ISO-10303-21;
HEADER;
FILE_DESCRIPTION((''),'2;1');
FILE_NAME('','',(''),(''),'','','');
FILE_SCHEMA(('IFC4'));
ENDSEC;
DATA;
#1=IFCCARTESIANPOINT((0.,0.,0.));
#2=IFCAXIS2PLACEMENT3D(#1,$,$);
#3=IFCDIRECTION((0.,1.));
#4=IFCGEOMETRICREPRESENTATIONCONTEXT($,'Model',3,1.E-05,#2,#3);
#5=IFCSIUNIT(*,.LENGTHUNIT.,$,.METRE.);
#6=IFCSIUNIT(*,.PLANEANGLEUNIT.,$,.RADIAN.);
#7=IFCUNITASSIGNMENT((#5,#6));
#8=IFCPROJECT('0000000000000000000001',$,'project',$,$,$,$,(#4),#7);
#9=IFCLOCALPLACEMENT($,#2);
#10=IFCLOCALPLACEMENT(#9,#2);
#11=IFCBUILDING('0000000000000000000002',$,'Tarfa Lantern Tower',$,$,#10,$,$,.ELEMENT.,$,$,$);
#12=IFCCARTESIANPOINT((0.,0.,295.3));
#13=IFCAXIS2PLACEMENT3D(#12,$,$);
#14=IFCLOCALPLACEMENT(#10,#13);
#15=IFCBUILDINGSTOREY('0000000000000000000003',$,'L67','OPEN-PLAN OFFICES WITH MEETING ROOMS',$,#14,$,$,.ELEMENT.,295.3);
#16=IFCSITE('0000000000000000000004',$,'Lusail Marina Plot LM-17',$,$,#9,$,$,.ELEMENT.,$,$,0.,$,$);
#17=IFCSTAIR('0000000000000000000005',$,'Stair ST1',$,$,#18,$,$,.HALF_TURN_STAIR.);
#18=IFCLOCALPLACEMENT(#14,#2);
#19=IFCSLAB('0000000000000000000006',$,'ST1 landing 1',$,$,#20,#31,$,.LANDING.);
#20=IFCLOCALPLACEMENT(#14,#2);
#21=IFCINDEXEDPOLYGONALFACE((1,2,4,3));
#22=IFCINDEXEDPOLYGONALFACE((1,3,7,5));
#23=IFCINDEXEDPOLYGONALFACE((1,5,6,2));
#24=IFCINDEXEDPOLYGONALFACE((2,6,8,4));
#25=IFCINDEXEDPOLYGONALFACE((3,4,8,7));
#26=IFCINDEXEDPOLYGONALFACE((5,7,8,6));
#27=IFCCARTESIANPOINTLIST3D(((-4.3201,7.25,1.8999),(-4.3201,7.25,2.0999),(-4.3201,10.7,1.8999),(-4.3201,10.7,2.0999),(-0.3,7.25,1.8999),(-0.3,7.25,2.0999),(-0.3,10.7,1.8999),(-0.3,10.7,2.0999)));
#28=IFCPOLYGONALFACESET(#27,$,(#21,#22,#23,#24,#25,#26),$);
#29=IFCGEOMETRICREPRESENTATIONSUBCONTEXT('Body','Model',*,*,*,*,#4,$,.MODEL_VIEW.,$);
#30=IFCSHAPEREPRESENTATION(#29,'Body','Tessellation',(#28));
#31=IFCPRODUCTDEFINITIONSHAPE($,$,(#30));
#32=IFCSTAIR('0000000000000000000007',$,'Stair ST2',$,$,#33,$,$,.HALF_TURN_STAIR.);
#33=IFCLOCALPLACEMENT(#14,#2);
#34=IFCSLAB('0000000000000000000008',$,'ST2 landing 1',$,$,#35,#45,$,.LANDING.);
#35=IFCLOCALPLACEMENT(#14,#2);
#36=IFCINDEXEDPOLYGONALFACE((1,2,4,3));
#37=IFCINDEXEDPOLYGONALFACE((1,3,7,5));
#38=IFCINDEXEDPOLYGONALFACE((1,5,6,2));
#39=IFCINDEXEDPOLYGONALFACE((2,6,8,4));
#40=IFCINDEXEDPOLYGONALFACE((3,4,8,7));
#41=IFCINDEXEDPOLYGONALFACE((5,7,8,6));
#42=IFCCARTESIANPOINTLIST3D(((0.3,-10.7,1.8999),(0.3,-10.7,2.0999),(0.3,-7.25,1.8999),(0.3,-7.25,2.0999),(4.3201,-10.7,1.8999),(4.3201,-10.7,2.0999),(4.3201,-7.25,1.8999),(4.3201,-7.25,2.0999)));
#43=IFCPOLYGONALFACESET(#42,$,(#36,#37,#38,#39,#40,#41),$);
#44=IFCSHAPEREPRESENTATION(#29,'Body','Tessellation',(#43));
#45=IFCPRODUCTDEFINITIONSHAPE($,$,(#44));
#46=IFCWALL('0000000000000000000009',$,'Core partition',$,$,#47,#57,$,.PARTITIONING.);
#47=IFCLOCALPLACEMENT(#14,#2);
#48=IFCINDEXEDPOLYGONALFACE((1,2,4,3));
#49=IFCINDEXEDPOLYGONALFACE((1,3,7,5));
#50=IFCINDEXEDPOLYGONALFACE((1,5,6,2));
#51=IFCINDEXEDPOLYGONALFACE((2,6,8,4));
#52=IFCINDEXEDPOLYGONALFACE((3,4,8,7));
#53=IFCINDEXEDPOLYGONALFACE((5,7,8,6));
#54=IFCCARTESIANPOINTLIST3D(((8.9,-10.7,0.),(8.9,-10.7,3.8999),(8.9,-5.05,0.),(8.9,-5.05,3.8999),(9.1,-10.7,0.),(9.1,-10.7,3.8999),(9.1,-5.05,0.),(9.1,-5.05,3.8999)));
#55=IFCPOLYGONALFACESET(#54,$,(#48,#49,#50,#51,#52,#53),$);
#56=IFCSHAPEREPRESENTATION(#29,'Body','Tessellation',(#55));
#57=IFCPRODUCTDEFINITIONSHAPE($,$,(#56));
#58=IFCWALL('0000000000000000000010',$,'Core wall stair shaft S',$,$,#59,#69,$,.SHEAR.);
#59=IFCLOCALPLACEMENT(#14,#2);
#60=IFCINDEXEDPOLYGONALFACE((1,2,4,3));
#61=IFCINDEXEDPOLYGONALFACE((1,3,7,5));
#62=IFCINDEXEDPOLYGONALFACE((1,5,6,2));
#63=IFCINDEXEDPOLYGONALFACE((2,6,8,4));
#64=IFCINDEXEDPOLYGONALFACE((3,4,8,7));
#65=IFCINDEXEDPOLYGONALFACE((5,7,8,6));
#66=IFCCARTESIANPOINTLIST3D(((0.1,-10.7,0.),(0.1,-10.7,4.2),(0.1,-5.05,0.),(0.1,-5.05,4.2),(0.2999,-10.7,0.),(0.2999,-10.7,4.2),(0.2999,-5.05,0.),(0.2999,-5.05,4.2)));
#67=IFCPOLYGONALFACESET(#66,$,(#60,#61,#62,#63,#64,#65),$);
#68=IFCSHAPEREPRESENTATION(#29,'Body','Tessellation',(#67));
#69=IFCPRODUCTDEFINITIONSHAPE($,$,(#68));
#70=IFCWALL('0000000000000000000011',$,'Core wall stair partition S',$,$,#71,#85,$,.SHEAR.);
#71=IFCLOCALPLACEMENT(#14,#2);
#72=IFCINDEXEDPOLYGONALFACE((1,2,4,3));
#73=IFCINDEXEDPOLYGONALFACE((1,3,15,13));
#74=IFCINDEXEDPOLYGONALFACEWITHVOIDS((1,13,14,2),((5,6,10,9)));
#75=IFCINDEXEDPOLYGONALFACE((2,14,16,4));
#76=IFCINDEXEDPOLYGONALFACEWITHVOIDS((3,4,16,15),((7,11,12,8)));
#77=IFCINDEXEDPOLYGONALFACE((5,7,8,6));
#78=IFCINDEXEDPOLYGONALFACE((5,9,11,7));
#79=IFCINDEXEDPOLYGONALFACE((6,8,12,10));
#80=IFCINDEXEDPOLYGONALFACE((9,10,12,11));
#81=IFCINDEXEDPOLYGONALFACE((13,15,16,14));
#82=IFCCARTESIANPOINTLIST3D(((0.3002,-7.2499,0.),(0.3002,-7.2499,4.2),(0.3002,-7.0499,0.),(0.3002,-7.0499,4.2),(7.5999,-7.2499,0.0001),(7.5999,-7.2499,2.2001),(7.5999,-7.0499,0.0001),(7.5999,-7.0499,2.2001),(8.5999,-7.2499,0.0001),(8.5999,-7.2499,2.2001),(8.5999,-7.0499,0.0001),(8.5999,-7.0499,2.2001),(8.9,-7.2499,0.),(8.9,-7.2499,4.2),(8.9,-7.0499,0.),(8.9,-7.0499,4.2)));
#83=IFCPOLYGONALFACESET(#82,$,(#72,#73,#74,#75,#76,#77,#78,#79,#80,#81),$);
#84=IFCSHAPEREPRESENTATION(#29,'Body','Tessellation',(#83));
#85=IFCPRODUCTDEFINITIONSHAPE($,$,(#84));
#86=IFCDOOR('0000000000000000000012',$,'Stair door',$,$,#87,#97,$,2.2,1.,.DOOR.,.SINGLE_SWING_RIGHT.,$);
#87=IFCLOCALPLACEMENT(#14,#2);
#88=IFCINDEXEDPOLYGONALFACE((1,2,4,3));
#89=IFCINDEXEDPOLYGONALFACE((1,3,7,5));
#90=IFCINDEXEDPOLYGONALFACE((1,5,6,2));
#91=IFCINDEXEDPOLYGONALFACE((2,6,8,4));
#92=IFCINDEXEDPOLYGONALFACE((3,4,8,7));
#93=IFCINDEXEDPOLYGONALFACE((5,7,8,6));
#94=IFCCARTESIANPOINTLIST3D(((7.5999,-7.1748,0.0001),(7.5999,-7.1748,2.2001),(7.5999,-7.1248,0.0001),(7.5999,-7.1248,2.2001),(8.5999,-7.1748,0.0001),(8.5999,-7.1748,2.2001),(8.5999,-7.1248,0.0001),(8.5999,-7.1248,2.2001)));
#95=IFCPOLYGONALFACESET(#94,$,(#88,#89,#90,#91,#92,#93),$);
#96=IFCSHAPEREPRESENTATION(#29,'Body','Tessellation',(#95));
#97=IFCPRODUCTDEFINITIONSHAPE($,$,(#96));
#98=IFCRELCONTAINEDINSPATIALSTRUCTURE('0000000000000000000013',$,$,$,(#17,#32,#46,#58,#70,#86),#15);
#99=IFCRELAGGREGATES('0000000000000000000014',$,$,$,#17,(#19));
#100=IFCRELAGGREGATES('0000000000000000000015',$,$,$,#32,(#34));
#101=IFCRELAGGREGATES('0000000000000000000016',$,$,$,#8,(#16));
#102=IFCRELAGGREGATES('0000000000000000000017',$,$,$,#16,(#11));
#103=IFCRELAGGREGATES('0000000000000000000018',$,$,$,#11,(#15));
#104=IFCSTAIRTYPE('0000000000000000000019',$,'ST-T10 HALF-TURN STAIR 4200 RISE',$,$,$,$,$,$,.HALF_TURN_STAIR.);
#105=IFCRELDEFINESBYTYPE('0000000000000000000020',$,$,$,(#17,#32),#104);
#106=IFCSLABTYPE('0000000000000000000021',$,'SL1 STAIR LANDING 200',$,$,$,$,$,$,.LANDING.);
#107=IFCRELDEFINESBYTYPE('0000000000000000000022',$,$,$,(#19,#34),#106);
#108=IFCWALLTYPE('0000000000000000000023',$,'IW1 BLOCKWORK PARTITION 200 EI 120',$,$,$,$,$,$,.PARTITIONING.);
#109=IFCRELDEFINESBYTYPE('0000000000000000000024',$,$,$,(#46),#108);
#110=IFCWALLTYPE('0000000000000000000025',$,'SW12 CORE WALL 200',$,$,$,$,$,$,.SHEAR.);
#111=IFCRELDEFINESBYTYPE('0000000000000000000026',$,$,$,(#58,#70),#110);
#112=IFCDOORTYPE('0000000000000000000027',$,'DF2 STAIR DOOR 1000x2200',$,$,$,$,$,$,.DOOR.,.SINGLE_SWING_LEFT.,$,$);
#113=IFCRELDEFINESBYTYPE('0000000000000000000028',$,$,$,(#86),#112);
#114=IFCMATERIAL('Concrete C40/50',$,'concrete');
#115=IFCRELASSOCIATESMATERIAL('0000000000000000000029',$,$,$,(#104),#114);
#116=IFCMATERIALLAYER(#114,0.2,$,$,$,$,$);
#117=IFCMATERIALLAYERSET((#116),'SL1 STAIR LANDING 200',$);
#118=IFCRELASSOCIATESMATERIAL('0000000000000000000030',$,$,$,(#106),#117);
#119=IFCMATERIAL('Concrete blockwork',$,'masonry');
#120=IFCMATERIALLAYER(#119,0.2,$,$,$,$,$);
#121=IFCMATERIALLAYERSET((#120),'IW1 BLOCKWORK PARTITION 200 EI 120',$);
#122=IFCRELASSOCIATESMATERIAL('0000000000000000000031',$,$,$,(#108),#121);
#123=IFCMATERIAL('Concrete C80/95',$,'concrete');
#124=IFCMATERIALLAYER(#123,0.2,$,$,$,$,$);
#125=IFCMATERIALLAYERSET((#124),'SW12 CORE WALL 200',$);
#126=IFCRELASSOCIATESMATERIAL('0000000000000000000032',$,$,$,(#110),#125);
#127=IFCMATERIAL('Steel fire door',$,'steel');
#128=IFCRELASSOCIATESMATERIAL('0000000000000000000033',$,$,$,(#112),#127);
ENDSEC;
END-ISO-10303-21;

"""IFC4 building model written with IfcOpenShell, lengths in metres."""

from ifc_helpers import new_model, si_unit, direction, frame, frame_2d, origin, place, context, subcontext, project, spatial, polyline, rectangle, outline, extrude, material, layer, layer_set, type_object, element, fill, aggregate, save


model = new_model("IFC4")

# Units and contexts
model_context = context("Model", 3, precision=1e-05, world=origin(), true_north=direction((0.0, 1.0)))
body_context = subcontext(model_context, "Body", "Model", "MODEL_VIEW")
ifc_project = project(units=[si_unit("LENGTHUNIT", "METRE"), si_unit("PLANEANGLEUNIT", "RADIAN")], contexts=[model_context])

# Site, building, storey
site_placement = place(None, origin())
site = spatial("IfcSite", under=ifc_project, at=site_placement, Name="Lusail Marina Plot LM-17", CompositionType="ELEMENT", RefElevation=0.0)
building_placement = place(site_placement, origin())
building = spatial("IfcBuilding", under=site, at=building_placement, Name="Tarfa Lantern Tower", CompositionType="ELEMENT")
storey_placement = place(building_placement, frame((0.0, 0.0, 295.3)))
storey = spatial("IfcBuildingStorey", under=building, at=storey_placement, Name="L67", Description="OPEN-PLAN OFFICES WITH MEETING ROOMS", CompositionType="ELEMENT", Elevation=295.3)

# Stairs, slabs
ifc_material_1 = material(Name="Concrete C40/50", Category="concrete")
stair_type = type_object("IfcStairType", Name="ST-T10 HALF-TURN STAIR 4200 RISE", PredefinedType="HALF_TURN_STAIR", material=ifc_material_1)
stair_1_placement = place(storey_placement, origin())
stair_1 = element("IfcStair", 1, at=stair_1_placement, inside=storey, type_object=stair_type, Name="Stair ST1", PredefinedType="HALF_TURN_STAIR")
ifc_layer_1 = layer(ifc_material_1, 0.2)
ifc_layer_set_1 = layer_set([ifc_layer_1], Name="SL1 STAIR LANDING 200")
slab_type = type_object("IfcSlabType", Name="SL1 STAIR LANDING 200", PredefinedType="LANDING", material=ifc_layer_set_1)
slab_1_placement = place(storey_placement, frame((0.0, 0.0, 1.8999)))
slab_1 = element("IfcSlab", 2, at=slab_1_placement, type_object=slab_type, Name="ST1 landing 1", PredefinedType="LANDING", context=body_context, shape_type="SweptSolid", body=[
    extrude(outline(polyline([(-4.3201, 7.25), (-0.3, 7.25), (-0.3, 10.7), (-4.3201, 10.7), (-4.3201, 7.25)])), origin(), (0.0, 0.0, 1.0), 0.2),
])
aggregate(stair_1, [slab_1])
stair_2_placement = place(storey_placement, origin())
stair_2 = element("IfcStair", 3, at=stair_2_placement, inside=storey, type_object=stair_type, Name="Stair ST2", PredefinedType="HALF_TURN_STAIR")
slab_2_placement = place(storey_placement, frame((0.0, 0.0, 1.8999)))
slab_2 = element("IfcSlab", 4, at=slab_2_placement, type_object=slab_type, Name="ST2 landing 1", PredefinedType="LANDING", context=body_context, shape_type="SweptSolid", body=[
    extrude(outline(polyline([(4.3201, -7.25), (0.3, -7.25), (0.3, -10.7), (4.3201, -10.7), (4.3201, -7.25)])), origin(), (0.0, 0.0, 1.0), 0.2),
])
aggregate(stair_2, [slab_2])

# Walls
ifc_material_2 = material(Name="Concrete blockwork", Category="masonry")
ifc_layer_2 = layer(ifc_material_2, 0.2)
ifc_layer_set_2 = layer_set([ifc_layer_2], Name="IW1 BLOCKWORK PARTITION 200 EI 120")
wall_type_1 = type_object("IfcWallType", Name="IW1 BLOCKWORK PARTITION 200 EI 120", PredefinedType="PARTITIONING", material=ifc_layer_set_2)
wall_1_placement = place(storey_placement, frame((9.0, -5.05, 0.0), z_axis=(0.0, 0.0, 1.0), x_axis=(0.0, -1.0, 0.0)))
element("IfcWall", 5, at=wall_1_placement, inside=storey, type_object=wall_type_1, Name="Core partition", PredefinedType="PARTITIONING", context=body_context, shape_type="SweptSolid", body=[
    extrude(rectangle(XDim=5.6499, YDim=0.2, at=frame_2d((2.825, 0.0))), origin(), (0.0, 0.0, 1.0), 3.8999),
])
ifc_material_3 = material(Name="Concrete C80/95", Category="concrete")
ifc_layer_3 = layer(ifc_material_3, 0.2)
ifc_layer_set_3 = layer_set([ifc_layer_3], Name="SW12 CORE WALL 200")
wall_type_2 = type_object("IfcWallType", Name="SW12 CORE WALL 200", PredefinedType="SHEAR", material=ifc_layer_set_3)
wall_2_placement = place(storey_placement, frame((0.2, -5.05, 0.0), z_axis=(0.0, 0.0, 1.0), x_axis=(0.0, -1.0, 0.0)))
element("IfcWall", 6, at=wall_2_placement, inside=storey, type_object=wall_type_2, Name="Core wall stair shaft S", PredefinedType="SHEAR", context=body_context, shape_type="SweptSolid", body=[
    extrude(rectangle(XDim=5.6499, YDim=0.2, at=frame_2d((2.825, 0.0))), origin(), (0.0, 0.0, 1.0), 4.2),
])

# Wall, opening, door
wall_3_placement = place(storey_placement, frame((8.8999, -7.1499, 0.0), z_axis=(0.0, 0.0, 1.0), x_axis=(-1.0, 0.0, 0.0)))
wall_3 = element("IfcWall", 7, at=wall_3_placement, inside=storey, type_object=wall_type_2, Name="Core wall stair partition S", PredefinedType="SHEAR", context=body_context, shape_type="SweptSolid", body=[
    extrude(rectangle(XDim=8.5999, YDim=0.2, at=frame_2d((4.2998, 0.0))), origin(), (0.0, 0.0, 1.0), 4.2),
])
opening_1_placement = place(wall_3_placement, frame((0.3, 0.0, 0.0)))
opening_1 = element("IfcOpeningElement", 8, at=opening_1_placement, cuts=wall_3, PredefinedType="OPENING", context=body_context, shape_type="SweptSolid", body=[
    extrude(rectangle(XDim=1.0, YDim=2.2, at=frame_2d((0.5, 1.1001))), frame((0.0, 0.1099, 0.0), z_axis=(0.0, -1.0, 0.0), x_axis=(1.0, 0.0, 0.0)), (0.0, 0.0, 1.0), 0.22),
])
ifc_material_4 = material(Name="Steel fire door", Category="steel")
door_type_1 = type_object("IfcDoorType", Name="DF2 STAIR DOOR 1000x2200", OperationType="SINGLE_SWING_LEFT", PredefinedType="DOOR", material=ifc_material_4)
door_1_placement = place(opening_1_placement, origin())
door_1 = element("IfcDoor", 9, at=door_1_placement, inside=storey, type_object=door_type_1, Name="Stair door", OperationType="SINGLE_SWING_RIGHT", OverallHeight=2.2, OverallWidth=1.0, PredefinedType="DOOR", context=body_context, shape_type="SweptSolid", body=[
    extrude(rectangle(XDim=1.0, YDim=2.2, at=frame_2d((0.5, 1.1001))), frame((0.0, 0.0249, 0.0), z_axis=(0.0, -1.0, 0.0), x_axis=(1.0, 0.0, 0.0)), (0.0, 0.0, 1.0), 0.05),
])
fill(opening_1, door_1)

save(model, "model.ifc")
